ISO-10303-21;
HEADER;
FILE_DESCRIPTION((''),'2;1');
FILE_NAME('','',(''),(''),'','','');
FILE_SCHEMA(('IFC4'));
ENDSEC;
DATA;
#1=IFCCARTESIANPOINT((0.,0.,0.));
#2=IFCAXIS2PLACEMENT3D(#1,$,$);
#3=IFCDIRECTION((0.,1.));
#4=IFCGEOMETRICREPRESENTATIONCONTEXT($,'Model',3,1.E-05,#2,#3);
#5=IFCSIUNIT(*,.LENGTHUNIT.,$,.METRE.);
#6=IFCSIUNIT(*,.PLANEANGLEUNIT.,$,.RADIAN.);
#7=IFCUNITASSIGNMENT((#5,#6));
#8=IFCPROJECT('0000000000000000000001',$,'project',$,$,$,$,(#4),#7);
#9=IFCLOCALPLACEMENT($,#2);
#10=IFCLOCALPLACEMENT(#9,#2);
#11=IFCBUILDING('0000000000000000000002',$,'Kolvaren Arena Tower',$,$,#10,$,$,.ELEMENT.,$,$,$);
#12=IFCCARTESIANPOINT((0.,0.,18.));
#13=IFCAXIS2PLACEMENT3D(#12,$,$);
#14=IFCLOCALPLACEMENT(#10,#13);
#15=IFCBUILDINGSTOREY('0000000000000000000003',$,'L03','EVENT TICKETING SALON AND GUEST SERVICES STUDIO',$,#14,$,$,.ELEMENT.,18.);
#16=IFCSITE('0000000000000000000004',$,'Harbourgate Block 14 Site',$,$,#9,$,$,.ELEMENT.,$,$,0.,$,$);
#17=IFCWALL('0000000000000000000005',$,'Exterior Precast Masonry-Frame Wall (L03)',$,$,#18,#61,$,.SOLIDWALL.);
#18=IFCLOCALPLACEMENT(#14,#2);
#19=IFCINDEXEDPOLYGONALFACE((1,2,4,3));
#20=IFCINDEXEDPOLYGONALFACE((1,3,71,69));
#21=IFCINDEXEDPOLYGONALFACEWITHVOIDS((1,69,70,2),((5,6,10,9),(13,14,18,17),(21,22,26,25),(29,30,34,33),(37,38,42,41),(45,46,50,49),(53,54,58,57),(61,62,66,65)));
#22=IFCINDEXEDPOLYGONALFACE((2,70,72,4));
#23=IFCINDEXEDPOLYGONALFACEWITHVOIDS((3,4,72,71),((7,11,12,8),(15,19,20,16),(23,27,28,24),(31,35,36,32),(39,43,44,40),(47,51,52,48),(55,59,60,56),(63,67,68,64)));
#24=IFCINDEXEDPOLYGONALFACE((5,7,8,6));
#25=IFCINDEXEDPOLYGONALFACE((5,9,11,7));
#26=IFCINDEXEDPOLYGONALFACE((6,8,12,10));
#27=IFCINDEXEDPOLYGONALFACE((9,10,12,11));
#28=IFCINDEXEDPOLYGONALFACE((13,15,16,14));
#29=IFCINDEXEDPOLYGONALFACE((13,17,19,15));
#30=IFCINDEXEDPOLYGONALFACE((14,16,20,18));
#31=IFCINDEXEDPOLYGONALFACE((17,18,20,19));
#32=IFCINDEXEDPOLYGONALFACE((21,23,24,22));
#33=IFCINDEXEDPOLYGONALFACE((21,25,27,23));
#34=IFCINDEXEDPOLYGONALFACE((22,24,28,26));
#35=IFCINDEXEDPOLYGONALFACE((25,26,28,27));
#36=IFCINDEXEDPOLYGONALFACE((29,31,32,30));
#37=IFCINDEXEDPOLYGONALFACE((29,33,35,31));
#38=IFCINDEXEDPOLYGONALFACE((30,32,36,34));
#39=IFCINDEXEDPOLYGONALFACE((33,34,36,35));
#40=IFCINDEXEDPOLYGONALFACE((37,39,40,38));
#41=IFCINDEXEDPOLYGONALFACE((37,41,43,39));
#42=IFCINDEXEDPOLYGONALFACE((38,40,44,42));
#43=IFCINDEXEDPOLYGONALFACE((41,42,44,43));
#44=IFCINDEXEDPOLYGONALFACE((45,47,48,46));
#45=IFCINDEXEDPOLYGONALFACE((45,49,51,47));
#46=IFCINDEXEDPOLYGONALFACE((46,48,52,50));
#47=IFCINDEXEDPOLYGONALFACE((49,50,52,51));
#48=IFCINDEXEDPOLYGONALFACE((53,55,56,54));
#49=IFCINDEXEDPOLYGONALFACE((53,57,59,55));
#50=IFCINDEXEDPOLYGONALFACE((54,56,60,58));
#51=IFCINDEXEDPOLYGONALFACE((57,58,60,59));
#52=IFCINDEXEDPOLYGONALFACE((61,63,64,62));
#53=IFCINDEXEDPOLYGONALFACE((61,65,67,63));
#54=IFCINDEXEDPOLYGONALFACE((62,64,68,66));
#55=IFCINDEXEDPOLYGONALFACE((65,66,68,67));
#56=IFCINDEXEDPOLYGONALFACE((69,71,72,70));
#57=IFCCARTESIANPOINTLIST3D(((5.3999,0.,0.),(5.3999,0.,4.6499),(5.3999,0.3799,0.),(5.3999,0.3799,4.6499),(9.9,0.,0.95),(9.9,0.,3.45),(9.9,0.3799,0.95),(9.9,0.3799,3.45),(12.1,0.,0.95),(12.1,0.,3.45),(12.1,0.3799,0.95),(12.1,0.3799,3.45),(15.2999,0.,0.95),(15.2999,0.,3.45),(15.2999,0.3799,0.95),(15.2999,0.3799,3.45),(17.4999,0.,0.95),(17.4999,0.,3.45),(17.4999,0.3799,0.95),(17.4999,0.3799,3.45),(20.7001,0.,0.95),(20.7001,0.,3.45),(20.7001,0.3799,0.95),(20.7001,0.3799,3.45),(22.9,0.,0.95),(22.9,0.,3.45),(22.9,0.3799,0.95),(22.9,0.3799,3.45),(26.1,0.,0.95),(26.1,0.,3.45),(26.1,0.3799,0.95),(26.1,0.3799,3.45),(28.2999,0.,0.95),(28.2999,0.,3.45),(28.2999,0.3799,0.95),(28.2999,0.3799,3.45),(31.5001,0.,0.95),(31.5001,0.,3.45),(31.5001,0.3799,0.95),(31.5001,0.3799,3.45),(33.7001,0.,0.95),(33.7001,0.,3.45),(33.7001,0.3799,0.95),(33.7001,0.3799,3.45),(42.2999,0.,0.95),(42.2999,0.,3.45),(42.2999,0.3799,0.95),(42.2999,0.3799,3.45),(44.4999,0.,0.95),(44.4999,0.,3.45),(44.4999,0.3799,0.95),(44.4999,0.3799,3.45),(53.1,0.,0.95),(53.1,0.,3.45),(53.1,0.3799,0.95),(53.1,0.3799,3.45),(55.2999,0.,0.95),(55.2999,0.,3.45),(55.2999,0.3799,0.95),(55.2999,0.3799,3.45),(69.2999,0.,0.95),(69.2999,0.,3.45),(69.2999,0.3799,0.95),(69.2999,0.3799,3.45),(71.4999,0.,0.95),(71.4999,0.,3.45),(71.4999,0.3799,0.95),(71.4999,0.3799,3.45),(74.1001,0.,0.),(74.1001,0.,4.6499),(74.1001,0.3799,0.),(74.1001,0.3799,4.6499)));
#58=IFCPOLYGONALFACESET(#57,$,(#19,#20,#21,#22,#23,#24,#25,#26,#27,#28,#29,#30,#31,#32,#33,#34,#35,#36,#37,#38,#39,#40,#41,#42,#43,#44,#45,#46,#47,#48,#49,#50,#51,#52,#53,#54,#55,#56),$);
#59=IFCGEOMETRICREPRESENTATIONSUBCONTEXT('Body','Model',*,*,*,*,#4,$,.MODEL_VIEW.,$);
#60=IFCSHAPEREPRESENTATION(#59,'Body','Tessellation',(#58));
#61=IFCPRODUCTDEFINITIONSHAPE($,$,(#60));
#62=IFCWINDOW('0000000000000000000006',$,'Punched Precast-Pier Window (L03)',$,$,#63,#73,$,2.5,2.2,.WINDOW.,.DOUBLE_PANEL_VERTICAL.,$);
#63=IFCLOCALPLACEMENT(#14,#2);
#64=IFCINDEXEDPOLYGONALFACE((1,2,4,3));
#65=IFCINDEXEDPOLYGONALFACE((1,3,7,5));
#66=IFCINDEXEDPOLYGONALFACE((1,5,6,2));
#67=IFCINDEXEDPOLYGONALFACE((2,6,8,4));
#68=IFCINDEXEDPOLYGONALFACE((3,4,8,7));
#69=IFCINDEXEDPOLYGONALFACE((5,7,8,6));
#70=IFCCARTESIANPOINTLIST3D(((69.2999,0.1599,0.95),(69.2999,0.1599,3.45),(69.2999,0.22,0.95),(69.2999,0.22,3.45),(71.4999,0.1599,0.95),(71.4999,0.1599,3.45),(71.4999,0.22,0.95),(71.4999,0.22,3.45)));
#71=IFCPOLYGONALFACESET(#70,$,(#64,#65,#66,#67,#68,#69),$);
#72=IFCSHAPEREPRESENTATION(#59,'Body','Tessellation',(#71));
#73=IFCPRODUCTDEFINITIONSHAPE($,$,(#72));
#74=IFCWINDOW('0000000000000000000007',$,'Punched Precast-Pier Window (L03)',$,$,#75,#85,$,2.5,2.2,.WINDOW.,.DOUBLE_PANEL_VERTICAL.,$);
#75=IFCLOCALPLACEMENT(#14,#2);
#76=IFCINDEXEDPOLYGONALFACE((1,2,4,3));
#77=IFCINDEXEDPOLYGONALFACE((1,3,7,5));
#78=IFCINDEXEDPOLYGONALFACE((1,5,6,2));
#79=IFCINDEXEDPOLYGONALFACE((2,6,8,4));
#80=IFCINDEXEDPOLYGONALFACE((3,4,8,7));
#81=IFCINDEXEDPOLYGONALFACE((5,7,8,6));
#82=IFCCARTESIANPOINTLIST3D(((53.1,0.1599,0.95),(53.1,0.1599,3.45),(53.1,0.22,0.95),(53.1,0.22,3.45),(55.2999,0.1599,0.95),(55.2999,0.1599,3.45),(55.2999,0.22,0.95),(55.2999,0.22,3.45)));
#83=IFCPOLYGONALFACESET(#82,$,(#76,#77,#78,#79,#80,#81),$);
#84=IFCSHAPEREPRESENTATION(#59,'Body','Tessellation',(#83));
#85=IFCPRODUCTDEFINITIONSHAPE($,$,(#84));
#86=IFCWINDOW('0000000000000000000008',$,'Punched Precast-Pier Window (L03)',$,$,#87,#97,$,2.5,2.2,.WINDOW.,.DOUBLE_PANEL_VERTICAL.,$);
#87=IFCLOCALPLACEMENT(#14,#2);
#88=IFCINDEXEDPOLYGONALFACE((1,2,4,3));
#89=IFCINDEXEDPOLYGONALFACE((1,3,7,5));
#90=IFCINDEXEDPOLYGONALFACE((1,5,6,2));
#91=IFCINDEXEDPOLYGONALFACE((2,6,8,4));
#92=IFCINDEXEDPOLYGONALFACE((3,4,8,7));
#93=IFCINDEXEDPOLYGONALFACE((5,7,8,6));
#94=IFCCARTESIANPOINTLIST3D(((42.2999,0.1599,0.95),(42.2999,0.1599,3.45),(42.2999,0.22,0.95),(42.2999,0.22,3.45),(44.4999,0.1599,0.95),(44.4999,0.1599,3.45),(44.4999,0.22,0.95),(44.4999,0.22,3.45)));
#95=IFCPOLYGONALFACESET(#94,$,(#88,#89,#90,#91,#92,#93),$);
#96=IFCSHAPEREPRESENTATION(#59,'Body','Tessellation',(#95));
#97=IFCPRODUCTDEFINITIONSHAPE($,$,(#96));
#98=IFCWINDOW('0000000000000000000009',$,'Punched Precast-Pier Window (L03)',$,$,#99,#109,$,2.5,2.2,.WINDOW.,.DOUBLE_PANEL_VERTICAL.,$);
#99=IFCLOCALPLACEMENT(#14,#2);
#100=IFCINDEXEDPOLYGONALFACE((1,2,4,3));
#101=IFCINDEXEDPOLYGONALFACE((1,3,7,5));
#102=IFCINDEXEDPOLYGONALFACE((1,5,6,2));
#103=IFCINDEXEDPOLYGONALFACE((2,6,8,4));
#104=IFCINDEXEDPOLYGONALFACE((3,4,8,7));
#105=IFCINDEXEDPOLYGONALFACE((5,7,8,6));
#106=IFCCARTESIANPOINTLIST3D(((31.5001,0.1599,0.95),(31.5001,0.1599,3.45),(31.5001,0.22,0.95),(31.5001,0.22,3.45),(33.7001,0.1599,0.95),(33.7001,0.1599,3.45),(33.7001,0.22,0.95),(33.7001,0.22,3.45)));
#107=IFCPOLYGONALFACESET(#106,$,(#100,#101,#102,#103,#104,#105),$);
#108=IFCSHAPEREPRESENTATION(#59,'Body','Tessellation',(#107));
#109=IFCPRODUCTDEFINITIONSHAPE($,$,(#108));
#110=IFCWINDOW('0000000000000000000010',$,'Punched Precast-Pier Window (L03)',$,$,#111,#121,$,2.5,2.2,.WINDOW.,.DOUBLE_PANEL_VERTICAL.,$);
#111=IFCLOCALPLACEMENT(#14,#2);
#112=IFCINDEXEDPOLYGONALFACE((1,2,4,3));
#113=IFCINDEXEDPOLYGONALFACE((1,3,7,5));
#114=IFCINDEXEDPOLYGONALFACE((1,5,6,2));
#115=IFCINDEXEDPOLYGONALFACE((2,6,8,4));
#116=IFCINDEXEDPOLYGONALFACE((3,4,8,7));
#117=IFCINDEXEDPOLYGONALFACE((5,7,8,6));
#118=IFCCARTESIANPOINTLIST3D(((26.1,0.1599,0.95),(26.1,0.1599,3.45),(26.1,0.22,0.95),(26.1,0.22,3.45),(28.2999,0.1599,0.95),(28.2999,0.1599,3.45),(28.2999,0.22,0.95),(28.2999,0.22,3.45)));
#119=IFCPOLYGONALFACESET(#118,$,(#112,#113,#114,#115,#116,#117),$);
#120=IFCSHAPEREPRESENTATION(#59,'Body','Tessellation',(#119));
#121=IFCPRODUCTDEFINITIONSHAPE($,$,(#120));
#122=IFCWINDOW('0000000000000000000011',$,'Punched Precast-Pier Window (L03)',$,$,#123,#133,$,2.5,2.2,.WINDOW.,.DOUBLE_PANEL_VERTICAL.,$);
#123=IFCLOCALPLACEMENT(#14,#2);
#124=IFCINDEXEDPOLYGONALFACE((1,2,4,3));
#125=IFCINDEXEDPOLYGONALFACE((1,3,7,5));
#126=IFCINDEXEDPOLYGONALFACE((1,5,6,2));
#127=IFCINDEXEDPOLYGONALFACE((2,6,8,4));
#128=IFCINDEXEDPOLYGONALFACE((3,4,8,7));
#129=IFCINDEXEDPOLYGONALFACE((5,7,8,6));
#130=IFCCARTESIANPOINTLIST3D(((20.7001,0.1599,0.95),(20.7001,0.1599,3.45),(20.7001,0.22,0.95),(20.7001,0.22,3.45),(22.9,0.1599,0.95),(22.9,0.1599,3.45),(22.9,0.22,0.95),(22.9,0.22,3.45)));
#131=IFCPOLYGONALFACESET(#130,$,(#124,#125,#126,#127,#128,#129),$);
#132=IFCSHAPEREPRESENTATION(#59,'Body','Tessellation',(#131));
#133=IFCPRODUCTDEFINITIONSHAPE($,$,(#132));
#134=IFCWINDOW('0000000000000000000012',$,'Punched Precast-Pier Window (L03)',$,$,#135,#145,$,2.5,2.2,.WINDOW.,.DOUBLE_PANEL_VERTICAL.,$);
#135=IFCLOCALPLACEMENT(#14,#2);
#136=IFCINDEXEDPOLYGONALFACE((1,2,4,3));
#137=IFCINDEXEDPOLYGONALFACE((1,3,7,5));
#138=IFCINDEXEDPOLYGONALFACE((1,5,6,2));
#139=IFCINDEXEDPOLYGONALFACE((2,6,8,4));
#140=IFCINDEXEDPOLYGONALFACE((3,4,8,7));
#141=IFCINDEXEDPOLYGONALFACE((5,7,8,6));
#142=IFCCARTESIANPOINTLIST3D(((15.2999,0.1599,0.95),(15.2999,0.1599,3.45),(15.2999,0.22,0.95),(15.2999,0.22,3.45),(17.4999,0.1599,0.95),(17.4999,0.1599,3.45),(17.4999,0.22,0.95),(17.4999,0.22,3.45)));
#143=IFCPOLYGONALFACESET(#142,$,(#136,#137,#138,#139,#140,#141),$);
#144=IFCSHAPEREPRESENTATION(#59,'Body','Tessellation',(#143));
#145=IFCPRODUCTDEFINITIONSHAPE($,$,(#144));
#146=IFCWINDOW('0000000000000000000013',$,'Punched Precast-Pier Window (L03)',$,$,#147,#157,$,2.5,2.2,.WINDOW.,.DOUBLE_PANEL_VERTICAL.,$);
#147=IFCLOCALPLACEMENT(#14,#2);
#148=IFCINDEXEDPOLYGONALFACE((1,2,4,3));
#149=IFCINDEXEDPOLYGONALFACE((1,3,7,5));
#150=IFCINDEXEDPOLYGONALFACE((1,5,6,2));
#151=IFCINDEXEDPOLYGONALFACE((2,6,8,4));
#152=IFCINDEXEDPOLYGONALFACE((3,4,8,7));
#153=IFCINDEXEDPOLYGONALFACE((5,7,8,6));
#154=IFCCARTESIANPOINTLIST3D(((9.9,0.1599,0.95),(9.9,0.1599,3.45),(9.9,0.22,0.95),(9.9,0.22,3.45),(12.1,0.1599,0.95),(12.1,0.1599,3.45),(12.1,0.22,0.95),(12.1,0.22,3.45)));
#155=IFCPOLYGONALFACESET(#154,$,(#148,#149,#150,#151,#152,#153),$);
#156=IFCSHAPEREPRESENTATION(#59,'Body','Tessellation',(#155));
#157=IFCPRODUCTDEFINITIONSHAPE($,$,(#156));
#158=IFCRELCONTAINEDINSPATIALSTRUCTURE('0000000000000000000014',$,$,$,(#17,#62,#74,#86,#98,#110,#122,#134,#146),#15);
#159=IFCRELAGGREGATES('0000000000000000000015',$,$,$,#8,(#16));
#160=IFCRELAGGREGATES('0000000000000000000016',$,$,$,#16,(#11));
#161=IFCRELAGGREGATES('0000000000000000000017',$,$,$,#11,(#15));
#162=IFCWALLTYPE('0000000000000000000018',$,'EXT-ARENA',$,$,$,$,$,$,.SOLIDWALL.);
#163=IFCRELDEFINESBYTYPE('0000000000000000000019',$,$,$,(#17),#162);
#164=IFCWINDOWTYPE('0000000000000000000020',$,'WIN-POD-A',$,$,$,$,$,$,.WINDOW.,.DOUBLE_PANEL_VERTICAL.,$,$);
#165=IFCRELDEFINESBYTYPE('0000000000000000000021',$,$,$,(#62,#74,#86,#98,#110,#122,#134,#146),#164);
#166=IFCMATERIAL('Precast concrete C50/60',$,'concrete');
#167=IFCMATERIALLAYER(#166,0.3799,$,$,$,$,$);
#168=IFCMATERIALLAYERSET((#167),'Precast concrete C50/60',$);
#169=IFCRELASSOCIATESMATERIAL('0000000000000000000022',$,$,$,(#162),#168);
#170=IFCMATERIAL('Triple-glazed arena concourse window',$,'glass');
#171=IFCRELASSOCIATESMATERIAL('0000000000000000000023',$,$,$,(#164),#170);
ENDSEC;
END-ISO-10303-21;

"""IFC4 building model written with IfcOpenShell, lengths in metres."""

from ifc_helpers import new_model, si_unit, direction, frame, frame_2d, origin, place, context, subcontext, project, spatial, rectangle, extrude, material, layer, layer_set, type_object, element, fill, save


model = new_model("IFC4")

# Units and contexts
model_context = context("Model", 3, precision=1e-05, world=origin(), true_north=direction((0.0, 1.0)))
body_context = subcontext(model_context, "Body", "Model", "MODEL_VIEW")
ifc_project = project(units=[si_unit("LENGTHUNIT", "METRE"), si_unit("PLANEANGLEUNIT", "RADIAN")], contexts=[model_context])

# Site, building, storey
site_placement = place(None, origin())
site = spatial("IfcSite", under=ifc_project, at=site_placement, Name="Harbourgate Block 14 Site", CompositionType="ELEMENT", RefElevation=0.0)
building_placement = place(site_placement, origin())
building = spatial("IfcBuilding", under=site, at=building_placement, Name="Kolvaren Arena Tower", CompositionType="ELEMENT")
storey_placement = place(building_placement, frame((0.0, 0.0, 18.0)))
storey = spatial("IfcBuildingStorey", under=building, at=storey_placement, Name="L03", Description="EVENT TICKETING SALON AND GUEST SERVICES STUDIO", CompositionType="ELEMENT", Elevation=18.0)

# Shared definitions
ifc_material_1 = material(Name="Precast concrete C50/60", Category="concrete")
ifc_layer_1 = layer(ifc_material_1, 0.3799)
ifc_layer_set_1 = layer_set([ifc_layer_1], Name="Precast concrete C50/60")
wall_type_1 = type_object("IfcWallType", Name="EXT-ARENA", PredefinedType="SOLIDWALL", material=ifc_layer_set_1)

# Wall, openings, windows
wall_1_placement = place(storey_placement, frame((74.1001, 0.1899, 0.0), z_axis=(0.0, 0.0, 1.0), x_axis=(-1.0, 0.0, 0.0)))
wall_1 = element("IfcWall", 1, at=wall_1_placement, inside=storey, type_object=wall_type_1, Name="Exterior Precast Masonry-Frame Wall (L03)", PredefinedType="SOLIDWALL", context=body_context, shape_type="SweptSolid", body=[
    extrude(rectangle(XDim=68.7002, YDim=0.3799, at=frame_2d((34.3501, 0.0))), origin(), (0.0, 0.0, 1.0), 4.6499),
])
opening_1_placement = place(wall_1_placement, frame((2.6001, 0.0, 0.95)))
opening_1 = element("IfcOpeningElement", 2, at=opening_1_placement, cuts=wall_1, PredefinedType="OPENING", context=body_context, shape_type="SweptSolid", body=[
    extrude(rectangle(XDim=2.2, YDim=2.5, at=frame_2d((1.1001, 1.25))), frame((0.0, 0.2, 0.0), z_axis=(0.0, -1.0, 0.0), x_axis=(1.0, 0.0, 0.0)), (0.0, 0.0, 1.0), 0.3999),
])
opening_2_placement = place(wall_1_placement, frame((18.8, 0.0, 0.95)))
opening_2 = element("IfcOpeningElement", 3, at=opening_2_placement, cuts=wall_1, PredefinedType="OPENING", context=body_context, shape_type="SweptSolid", body=[
    extrude(rectangle(XDim=2.2, YDim=2.5, at=frame_2d((1.1001, 1.25))), frame((0.0, 0.2, 0.0), z_axis=(0.0, -1.0, 0.0), x_axis=(1.0, 0.0, 0.0)), (0.0, 0.0, 1.0), 0.3999),
])
opening_3_placement = place(wall_1_placement, frame((29.6001, 0.0, 0.95)))
opening_3 = element("IfcOpeningElement", 4, at=opening_3_placement, cuts=wall_1, PredefinedType="OPENING", context=body_context, shape_type="SweptSolid", body=[
    extrude(rectangle(XDim=2.2, YDim=2.5, at=frame_2d((1.1001, 1.25))), frame((0.0, 0.2, 0.0), z_axis=(0.0, -1.0, 0.0), x_axis=(1.0, 0.0, 0.0)), (0.0, 0.0, 1.0), 0.3999),
])
opening_4_placement = place(wall_1_placement, frame((40.3999, 0.0, 0.95)))
opening_4 = element("IfcOpeningElement", 5, at=opening_4_placement, cuts=wall_1, PredefinedType="OPENING", context=body_context, shape_type="SweptSolid", body=[
    extrude(rectangle(XDim=2.2, YDim=2.5, at=frame_2d((1.1001, 1.25))), frame((0.0, 0.2, 0.0), z_axis=(0.0, -1.0, 0.0), x_axis=(1.0, 0.0, 0.0)), (0.0, 0.0, 1.0), 0.3999),
])
opening_5_placement = place(wall_1_placement, frame((45.8, 0.0, 0.95)))
opening_5 = element("IfcOpeningElement", 6, at=opening_5_placement, cuts=wall_1, PredefinedType="OPENING", context=body_context, shape_type="SweptSolid", body=[
    extrude(rectangle(XDim=2.2, YDim=2.5, at=frame_2d((1.1001, 1.25))), frame((0.0, 0.2, 0.0), z_axis=(0.0, -1.0, 0.0), x_axis=(1.0, 0.0, 0.0)), (0.0, 0.0, 1.0), 0.3999),
])
opening_6_placement = place(wall_1_placement, frame((51.2, 0.0, 0.95)))
opening_6 = element("IfcOpeningElement", 7, at=opening_6_placement, cuts=wall_1, PredefinedType="OPENING", context=body_context, shape_type="SweptSolid", body=[
    extrude(rectangle(XDim=2.2, YDim=2.5, at=frame_2d((1.1001, 1.25))), frame((0.0, 0.2, 0.0), z_axis=(0.0, -1.0, 0.0), x_axis=(1.0, 0.0, 0.0)), (0.0, 0.0, 1.0), 0.3999),
])
opening_7_placement = place(wall_1_placement, frame((56.6001, 0.0, 0.95)))
opening_7 = element("IfcOpeningElement", 8, at=opening_7_placement, cuts=wall_1, PredefinedType="OPENING", context=body_context, shape_type="SweptSolid", body=[
    extrude(rectangle(XDim=2.2, YDim=2.5, at=frame_2d((1.1001, 1.25))), frame((0.0, 0.2, 0.0), z_axis=(0.0, -1.0, 0.0), x_axis=(1.0, 0.0, 0.0)), (0.0, 0.0, 1.0), 0.3999),
])
opening_8_placement = place(wall_1_placement, frame((62.0, 0.0, 0.95)))
opening_8 = element("IfcOpeningElement", 9, at=opening_8_placement, cuts=wall_1, PredefinedType="OPENING", context=body_context, shape_type="SweptSolid", body=[
    extrude(rectangle(XDim=2.2, YDim=2.5, at=frame_2d((1.1001, 1.25))), frame((0.0, 0.2, 0.0), z_axis=(0.0, -1.0, 0.0), x_axis=(1.0, 0.0, 0.0)), (0.0, 0.0, 1.0), 0.3999),
])
ifc_material_2 = material(Name="Triple-glazed arena concourse window", Category="glass")
window_type = type_object("IfcWindowType", Name="WIN-POD-A", PartitioningType="DOUBLE_PANEL_VERTICAL", PredefinedType="WINDOW", material=ifc_material_2)
window_1_placement = place(opening_1_placement, origin())
window_1 = element("IfcWindow", 10, at=window_1_placement, inside=storey, type_object=window_type, Name="Punched Precast-Pier Window (L03)", OverallHeight=2.5, OverallWidth=2.2, PartitioningType="DOUBLE_PANEL_VERTICAL", PredefinedType="WINDOW", context=body_context, shape_type="SweptSolid", body=[
    extrude(rectangle(XDim=2.2, YDim=2.5, at=frame_2d((1.1001, 1.25))), frame((0.0, 0.03, 0.0), z_axis=(0.0, -1.0, 0.0), x_axis=(1.0, 0.0, 0.0)), (0.0, 0.0, 1.0), 0.0601),
])
fill(opening_1, window_1)
window_2_placement = place(opening_2_placement, origin())
window_2 = element("IfcWindow", 11, at=window_2_placement, inside=storey, type_object=window_type, Name="Punched Precast-Pier Window (L03)", OverallHeight=2.5, OverallWidth=2.2, PartitioningType="DOUBLE_PANEL_VERTICAL", PredefinedType="WINDOW", context=body_context, shape_type="SweptSolid", body=[
    extrude(rectangle(XDim=2.2, YDim=2.5, at=frame_2d((1.1001, 1.25))), frame((0.0, 0.03, 0.0), z_axis=(0.0, -1.0, 0.0), x_axis=(1.0, 0.0, 0.0)), (0.0, 0.0, 1.0), 0.0601),
])
fill(opening_2, window_2)
window_3_placement = place(opening_3_placement, origin())
window_3 = element("IfcWindow", 12, at=window_3_placement, inside=storey, type_object=window_type, Name="Punched Precast-Pier Window (L03)", OverallHeight=2.5, OverallWidth=2.2, PartitioningType="DOUBLE_PANEL_VERTICAL", PredefinedType="WINDOW", context=body_context, shape_type="SweptSolid", body=[
    extrude(rectangle(XDim=2.2, YDim=2.5, at=frame_2d((1.1001, 1.25))), frame((0.0, 0.03, 0.0), z_axis=(0.0, -1.0, 0.0), x_axis=(1.0, 0.0, 0.0)), (0.0, 0.0, 1.0), 0.0601),
])
fill(opening_3, window_3)
window_4_placement = place(opening_4_placement, origin())
window_4 = element("IfcWindow", 13, at=window_4_placement, inside=storey, type_object=window_type, Name="Punched Precast-Pier Window (L03)", OverallHeight=2.5, OverallWidth=2.2, PartitioningType="DOUBLE_PANEL_VERTICAL", PredefinedType="WINDOW", context=body_context, shape_type="SweptSolid", body=[
    extrude(rectangle(XDim=2.2, YDim=2.5, at=frame_2d((1.1001, 1.25))), frame((0.0, 0.03, 0.0), z_axis=(0.0, -1.0, 0.0), x_axis=(1.0, 0.0, 0.0)), (0.0, 0.0, 1.0), 0.0601),
])
fill(opening_4, window_4)
window_5_placement = place(opening_5_placement, origin())
window_5 = element("IfcWindow", 14, at=window_5_placement, inside=storey, type_object=window_type, Name="Punched Precast-Pier Window (L03)", OverallHeight=2.5, OverallWidth=2.2, PartitioningType="DOUBLE_PANEL_VERTICAL", PredefinedType="WINDOW", context=body_context, shape_type="SweptSolid", body=[
    extrude(rectangle(XDim=2.2, YDim=2.5, at=frame_2d((1.1001, 1.25))), frame((0.0, 0.03, 0.0), z_axis=(0.0, -1.0, 0.0), x_axis=(1.0, 0.0, 0.0)), (0.0, 0.0, 1.0), 0.0601),
])
fill(opening_5, window_5)
window_6_placement = place(opening_6_placement, origin())
window_6 = element("IfcWindow", 15, at=window_6_placement, inside=storey, type_object=window_type, Name="Punched Precast-Pier Window (L03)", OverallHeight=2.5, OverallWidth=2.2, PartitioningType="DOUBLE_PANEL_VERTICAL", PredefinedType="WINDOW", context=body_context, shape_type="SweptSolid", body=[
    extrude(rectangle(XDim=2.2, YDim=2.5, at=frame_2d((1.1001, 1.25))), frame((0.0, 0.03, 0.0), z_axis=(0.0, -1.0, 0.0), x_axis=(1.0, 0.0, 0.0)), (0.0, 0.0, 1.0), 0.0601),
])
fill(opening_6, window_6)
window_7_placement = place(opening_7_placement, origin())
window_7 = element("IfcWindow", 16, at=window_7_placement, inside=storey, type_object=window_type, Name="Punched Precast-Pier Window (L03)", OverallHeight=2.5, OverallWidth=2.2, PartitioningType="DOUBLE_PANEL_VERTICAL", PredefinedType="WINDOW", context=body_context, shape_type="SweptSolid", body=[
    extrude(rectangle(XDim=2.2, YDim=2.5, at=frame_2d((1.1001, 1.25))), frame((0.0, 0.03, 0.0), z_axis=(0.0, -1.0, 0.0), x_axis=(1.0, 0.0, 0.0)), (0.0, 0.0, 1.0), 0.0601),
])
fill(opening_7, window_7)
window_8_placement = place(opening_8_placement, origin())
window_8 = element("IfcWindow", 17, at=window_8_placement, inside=storey, type_object=window_type, Name="Punched Precast-Pier Window (L03)", OverallHeight=2.5, OverallWidth=2.2, PartitioningType="DOUBLE_PANEL_VERTICAL", PredefinedType="WINDOW", context=body_context, shape_type="SweptSolid", body=[
    extrude(rectangle(XDim=2.2, YDim=2.5, at=frame_2d((1.1001, 1.25))), frame((0.0, 0.03, 0.0), z_axis=(0.0, -1.0, 0.0), x_axis=(1.0, 0.0, 0.0)), (0.0, 0.0, 1.0), 0.0601),
])
fill(opening_8, window_8)

save(model, "model.ifc")
